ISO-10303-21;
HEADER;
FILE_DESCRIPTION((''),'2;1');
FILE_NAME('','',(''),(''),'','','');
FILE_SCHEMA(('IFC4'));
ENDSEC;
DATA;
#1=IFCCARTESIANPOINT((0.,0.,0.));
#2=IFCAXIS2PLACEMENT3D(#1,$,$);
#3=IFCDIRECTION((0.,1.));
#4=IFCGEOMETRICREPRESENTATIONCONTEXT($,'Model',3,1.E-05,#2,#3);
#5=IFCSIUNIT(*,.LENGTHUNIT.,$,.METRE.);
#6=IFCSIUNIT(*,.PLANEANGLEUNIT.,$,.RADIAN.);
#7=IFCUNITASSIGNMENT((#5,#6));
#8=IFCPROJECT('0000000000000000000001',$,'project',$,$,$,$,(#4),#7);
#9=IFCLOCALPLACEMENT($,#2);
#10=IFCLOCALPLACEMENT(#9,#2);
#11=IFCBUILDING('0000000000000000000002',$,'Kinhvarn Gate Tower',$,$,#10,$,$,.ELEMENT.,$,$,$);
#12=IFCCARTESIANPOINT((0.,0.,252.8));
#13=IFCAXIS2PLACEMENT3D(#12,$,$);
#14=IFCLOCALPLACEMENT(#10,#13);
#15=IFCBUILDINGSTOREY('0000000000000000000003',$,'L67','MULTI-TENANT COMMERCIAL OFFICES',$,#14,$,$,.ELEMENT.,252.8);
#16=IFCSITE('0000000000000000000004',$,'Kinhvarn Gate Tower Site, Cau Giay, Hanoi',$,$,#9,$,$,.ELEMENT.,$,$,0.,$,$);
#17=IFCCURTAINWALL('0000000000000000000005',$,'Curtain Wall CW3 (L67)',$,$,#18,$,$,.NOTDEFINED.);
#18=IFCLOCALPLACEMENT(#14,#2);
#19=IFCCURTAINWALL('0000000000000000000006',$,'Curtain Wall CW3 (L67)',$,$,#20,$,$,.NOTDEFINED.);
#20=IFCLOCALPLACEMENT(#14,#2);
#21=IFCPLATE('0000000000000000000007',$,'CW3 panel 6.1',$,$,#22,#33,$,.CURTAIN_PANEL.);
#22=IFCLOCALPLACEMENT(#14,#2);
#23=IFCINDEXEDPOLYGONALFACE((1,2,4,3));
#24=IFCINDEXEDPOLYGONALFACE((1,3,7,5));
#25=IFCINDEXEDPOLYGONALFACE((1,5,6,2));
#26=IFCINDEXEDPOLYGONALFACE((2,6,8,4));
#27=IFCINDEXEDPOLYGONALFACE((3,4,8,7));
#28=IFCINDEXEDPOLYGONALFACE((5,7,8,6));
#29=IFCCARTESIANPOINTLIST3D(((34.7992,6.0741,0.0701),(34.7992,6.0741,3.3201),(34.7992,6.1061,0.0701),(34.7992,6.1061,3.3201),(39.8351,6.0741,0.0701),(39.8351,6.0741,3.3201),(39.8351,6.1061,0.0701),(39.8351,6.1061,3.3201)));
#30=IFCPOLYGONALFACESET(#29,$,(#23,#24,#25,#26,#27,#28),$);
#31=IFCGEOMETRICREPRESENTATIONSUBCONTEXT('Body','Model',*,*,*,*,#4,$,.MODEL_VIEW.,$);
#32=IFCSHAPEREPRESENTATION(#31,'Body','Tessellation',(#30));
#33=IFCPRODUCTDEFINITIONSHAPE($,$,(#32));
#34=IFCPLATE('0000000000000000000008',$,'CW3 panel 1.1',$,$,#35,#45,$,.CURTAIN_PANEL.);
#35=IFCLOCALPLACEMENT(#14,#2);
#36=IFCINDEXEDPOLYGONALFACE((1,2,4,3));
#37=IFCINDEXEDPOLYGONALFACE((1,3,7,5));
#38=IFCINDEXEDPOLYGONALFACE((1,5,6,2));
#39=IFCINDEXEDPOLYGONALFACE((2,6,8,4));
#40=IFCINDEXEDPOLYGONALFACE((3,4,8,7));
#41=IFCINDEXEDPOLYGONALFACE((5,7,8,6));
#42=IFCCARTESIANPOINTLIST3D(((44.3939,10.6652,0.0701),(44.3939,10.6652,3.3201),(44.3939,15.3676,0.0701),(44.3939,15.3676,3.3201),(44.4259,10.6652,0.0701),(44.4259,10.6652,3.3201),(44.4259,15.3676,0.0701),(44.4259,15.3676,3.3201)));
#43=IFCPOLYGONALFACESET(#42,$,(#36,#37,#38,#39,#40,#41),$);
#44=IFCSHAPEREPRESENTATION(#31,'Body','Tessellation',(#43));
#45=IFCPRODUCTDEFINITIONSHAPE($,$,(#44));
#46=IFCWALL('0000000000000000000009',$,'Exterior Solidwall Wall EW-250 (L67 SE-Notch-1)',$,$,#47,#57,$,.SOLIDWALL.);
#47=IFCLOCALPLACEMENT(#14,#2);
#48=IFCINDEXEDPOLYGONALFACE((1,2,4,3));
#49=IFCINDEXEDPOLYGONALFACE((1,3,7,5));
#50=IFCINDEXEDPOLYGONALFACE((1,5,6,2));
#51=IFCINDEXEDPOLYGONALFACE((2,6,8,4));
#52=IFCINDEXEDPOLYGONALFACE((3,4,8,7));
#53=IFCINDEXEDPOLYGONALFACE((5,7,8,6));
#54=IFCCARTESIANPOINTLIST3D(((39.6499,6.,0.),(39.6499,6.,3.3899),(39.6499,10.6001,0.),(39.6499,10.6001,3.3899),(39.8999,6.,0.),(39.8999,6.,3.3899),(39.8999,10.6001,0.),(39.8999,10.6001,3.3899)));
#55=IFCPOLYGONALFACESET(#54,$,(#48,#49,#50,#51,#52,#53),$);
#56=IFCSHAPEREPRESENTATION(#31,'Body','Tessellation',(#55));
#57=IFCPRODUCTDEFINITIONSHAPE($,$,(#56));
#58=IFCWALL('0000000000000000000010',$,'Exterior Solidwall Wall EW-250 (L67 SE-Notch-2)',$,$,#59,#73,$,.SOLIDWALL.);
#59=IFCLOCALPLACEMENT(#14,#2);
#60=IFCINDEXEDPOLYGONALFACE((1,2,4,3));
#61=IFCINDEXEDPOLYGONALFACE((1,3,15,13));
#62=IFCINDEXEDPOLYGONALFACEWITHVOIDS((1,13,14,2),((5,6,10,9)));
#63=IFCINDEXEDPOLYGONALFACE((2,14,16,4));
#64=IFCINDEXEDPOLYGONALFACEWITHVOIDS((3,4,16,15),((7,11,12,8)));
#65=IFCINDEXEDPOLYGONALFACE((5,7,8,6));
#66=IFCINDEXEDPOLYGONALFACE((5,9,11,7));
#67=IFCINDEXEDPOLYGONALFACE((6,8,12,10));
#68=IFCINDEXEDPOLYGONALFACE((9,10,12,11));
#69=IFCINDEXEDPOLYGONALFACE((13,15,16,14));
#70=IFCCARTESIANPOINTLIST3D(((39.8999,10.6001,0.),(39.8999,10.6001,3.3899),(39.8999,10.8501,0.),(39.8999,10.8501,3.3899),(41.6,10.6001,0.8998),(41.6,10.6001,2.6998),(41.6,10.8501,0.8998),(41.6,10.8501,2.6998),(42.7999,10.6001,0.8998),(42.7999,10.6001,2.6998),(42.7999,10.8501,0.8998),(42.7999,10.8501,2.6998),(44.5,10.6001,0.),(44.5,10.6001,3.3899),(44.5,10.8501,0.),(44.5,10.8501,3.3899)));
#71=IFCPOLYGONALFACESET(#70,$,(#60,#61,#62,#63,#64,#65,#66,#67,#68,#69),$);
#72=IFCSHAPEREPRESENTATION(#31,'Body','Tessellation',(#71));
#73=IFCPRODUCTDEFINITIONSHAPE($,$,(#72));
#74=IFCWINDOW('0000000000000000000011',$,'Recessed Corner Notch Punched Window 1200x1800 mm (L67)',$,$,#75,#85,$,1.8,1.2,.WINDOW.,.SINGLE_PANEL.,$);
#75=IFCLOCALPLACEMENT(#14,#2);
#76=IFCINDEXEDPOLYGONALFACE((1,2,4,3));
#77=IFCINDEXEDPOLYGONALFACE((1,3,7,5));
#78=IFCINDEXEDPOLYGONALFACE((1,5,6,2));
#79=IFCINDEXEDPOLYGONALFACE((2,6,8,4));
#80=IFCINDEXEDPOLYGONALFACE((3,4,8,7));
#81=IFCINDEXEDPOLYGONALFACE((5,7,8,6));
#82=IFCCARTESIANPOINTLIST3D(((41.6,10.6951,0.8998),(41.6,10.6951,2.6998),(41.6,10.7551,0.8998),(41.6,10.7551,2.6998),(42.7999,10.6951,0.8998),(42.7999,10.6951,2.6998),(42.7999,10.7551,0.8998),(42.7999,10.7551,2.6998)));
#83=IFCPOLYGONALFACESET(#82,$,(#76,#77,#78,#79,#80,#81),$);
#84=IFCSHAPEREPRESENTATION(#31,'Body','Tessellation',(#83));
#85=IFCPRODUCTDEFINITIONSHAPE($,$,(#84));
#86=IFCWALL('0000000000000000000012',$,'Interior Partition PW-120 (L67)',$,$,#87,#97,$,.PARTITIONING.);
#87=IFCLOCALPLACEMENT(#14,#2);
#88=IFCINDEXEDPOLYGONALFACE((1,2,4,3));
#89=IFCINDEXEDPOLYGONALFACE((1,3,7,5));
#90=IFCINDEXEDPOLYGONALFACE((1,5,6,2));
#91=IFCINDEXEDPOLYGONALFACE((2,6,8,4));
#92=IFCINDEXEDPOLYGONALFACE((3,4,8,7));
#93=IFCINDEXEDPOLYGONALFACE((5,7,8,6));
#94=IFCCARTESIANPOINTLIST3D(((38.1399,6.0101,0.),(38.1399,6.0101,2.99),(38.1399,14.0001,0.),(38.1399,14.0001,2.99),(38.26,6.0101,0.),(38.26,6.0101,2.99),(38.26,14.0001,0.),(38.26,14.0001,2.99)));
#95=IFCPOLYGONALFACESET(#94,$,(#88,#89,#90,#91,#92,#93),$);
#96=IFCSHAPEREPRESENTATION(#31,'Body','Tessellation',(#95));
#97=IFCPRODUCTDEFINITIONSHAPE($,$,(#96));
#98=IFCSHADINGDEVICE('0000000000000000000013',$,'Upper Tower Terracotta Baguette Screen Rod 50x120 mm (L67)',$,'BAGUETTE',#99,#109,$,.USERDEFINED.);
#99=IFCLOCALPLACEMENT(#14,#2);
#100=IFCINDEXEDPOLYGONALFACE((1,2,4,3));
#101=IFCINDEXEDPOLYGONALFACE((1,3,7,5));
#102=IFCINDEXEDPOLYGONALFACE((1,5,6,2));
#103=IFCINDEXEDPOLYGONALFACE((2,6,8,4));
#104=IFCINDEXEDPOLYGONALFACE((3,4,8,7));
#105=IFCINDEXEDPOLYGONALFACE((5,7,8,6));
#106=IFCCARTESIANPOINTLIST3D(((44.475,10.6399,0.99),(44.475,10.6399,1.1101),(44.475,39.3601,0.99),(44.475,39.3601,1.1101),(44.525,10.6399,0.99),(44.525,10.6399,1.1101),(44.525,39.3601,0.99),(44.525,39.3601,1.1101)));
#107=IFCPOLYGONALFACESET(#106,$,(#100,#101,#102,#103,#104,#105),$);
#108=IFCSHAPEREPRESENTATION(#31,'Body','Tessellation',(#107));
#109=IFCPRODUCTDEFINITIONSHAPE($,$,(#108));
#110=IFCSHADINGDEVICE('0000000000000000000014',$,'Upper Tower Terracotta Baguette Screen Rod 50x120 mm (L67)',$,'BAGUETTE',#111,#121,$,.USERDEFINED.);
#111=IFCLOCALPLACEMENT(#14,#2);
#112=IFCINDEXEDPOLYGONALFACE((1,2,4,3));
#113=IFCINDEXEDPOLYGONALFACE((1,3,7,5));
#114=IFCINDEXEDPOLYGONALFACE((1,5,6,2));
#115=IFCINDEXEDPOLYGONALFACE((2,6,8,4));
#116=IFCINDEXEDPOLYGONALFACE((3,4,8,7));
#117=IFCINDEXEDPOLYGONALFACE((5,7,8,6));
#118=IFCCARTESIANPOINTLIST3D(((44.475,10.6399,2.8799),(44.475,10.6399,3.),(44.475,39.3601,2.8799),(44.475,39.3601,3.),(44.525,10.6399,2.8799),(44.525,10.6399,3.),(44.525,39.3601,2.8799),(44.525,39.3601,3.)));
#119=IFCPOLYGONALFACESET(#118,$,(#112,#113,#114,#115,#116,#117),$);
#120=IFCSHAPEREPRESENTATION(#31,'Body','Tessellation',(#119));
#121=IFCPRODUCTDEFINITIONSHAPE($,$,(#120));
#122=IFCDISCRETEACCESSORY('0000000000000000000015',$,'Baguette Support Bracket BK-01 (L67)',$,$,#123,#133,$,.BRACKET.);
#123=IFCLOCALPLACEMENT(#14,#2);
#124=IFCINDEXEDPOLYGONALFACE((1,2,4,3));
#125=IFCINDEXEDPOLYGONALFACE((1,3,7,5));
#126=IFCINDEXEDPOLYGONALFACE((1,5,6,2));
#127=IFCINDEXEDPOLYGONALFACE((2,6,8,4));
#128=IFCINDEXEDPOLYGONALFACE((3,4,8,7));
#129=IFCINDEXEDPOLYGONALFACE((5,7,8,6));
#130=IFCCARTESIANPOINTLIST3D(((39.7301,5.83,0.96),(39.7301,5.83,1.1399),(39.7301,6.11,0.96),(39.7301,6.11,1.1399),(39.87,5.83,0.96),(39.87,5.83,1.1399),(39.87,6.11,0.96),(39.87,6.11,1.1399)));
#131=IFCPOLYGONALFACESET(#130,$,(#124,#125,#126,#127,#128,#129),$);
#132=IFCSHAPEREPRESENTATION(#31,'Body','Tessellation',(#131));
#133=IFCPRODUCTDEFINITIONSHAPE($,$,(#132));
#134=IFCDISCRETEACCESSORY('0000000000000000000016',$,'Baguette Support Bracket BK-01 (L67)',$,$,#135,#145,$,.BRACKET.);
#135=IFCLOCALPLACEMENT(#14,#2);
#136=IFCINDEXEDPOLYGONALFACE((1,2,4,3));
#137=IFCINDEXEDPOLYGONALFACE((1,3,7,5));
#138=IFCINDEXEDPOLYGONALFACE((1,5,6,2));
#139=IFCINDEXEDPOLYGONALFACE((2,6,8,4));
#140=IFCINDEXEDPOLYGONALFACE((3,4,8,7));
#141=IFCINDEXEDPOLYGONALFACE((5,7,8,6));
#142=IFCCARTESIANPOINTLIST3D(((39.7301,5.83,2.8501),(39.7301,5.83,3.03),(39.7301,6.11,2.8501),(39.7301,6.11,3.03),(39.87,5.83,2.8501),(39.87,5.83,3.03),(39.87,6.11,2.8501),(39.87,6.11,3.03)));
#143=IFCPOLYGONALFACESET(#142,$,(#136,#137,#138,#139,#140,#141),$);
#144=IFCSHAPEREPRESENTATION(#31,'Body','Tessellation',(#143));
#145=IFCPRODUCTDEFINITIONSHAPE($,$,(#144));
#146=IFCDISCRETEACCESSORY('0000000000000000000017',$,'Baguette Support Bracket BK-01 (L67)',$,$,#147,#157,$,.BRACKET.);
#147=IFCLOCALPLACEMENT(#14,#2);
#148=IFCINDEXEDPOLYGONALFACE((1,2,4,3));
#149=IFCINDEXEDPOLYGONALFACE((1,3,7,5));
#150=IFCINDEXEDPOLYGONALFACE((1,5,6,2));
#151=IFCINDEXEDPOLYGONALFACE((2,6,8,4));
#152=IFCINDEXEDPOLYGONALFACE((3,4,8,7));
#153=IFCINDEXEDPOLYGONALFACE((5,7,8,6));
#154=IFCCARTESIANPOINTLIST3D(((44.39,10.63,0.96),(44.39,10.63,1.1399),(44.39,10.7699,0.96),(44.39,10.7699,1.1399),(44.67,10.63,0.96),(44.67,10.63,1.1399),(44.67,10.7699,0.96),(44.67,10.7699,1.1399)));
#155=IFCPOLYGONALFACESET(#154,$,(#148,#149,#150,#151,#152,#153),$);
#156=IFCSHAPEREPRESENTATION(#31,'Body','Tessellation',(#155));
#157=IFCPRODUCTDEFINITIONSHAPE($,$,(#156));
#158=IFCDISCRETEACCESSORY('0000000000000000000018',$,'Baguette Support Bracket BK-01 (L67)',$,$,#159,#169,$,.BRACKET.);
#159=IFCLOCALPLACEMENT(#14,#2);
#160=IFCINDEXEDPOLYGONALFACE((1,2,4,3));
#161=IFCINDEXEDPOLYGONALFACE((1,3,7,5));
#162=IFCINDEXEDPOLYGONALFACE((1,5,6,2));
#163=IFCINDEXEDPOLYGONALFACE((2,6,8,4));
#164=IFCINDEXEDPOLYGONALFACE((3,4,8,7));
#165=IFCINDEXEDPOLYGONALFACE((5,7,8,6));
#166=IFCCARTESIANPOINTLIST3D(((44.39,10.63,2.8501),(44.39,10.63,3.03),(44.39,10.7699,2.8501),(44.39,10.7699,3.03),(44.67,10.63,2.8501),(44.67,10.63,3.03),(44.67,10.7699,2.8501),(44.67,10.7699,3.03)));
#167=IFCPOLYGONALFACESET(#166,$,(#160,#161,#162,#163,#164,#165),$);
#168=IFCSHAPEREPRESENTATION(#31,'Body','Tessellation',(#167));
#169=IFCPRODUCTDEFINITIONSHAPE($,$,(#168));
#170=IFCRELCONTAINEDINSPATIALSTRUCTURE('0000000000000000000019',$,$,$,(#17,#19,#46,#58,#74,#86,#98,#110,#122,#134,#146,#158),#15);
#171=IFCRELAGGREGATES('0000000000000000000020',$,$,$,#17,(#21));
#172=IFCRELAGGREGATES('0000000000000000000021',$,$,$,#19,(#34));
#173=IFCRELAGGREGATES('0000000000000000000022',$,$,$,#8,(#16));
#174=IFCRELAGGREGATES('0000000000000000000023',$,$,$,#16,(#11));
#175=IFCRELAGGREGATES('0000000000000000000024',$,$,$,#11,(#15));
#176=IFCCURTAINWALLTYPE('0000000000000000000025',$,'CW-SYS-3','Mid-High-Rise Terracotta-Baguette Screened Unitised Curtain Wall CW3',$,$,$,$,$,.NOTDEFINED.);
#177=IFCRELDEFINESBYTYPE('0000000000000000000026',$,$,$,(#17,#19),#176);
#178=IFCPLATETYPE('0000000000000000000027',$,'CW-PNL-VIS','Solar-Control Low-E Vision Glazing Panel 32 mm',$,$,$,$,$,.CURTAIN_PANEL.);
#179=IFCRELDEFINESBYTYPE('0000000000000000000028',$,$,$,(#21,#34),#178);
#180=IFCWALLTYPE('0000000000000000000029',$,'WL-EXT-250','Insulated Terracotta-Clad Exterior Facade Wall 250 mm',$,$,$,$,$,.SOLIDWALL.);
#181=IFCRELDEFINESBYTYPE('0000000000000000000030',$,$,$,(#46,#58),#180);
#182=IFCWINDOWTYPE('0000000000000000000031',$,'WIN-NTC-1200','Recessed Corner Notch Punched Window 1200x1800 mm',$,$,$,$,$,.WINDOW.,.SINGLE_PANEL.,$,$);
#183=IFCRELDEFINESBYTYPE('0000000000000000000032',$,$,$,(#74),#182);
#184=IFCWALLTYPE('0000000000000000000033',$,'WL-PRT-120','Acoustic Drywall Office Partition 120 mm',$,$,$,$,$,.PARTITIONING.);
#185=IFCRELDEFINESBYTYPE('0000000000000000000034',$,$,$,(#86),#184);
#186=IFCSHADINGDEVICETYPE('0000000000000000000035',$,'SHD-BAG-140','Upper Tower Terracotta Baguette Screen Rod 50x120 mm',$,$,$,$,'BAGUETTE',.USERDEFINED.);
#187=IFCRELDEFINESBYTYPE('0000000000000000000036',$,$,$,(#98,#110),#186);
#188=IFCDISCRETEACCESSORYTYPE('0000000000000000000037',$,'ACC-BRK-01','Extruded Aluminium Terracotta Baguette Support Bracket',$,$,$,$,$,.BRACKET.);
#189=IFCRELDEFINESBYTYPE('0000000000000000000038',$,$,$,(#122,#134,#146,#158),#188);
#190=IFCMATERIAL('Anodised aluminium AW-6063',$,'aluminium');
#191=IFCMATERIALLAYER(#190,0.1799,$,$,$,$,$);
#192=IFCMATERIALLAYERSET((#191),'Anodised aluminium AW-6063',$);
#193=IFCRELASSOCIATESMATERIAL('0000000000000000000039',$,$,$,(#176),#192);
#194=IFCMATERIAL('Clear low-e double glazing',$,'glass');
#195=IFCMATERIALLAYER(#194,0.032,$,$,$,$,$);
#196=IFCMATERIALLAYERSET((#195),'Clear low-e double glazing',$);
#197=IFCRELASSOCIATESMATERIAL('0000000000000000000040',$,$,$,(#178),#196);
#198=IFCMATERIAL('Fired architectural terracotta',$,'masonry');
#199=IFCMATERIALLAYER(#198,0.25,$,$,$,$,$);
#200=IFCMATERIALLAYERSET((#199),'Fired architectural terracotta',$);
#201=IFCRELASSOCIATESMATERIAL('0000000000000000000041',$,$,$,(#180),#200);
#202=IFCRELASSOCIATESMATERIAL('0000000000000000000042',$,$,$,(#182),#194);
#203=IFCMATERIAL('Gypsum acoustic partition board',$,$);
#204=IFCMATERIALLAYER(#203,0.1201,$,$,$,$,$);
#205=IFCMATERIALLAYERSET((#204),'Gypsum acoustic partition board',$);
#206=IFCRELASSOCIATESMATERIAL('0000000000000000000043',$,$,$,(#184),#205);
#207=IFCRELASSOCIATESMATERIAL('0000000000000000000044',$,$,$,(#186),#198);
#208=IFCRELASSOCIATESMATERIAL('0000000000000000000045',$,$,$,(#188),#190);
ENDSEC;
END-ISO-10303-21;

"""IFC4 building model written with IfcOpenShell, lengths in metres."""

from ifc_helpers import new_model, si_unit, direction, frame, frame_2d, origin, origin_2d, place, context, subcontext, project, spatial, rectangle, extrude, material, layer, layer_set, material_profile, profile_set, type_object, element, fill, aggregate, save


model = new_model("IFC4")

# Units and contexts
model_context = context("Model", 3, precision=1e-05, world=origin(), true_north=direction((0.0, 1.0)))
body_context = subcontext(model_context, "Body", "Model", "MODEL_VIEW")
ifc_project = project(units=[si_unit("LENGTHUNIT", "METRE"), si_unit("PLANEANGLEUNIT", "RADIAN")], contexts=[model_context])

# Site, building, storey
site_placement = place(None, origin())
site = spatial("IfcSite", under=ifc_project, at=site_placement, Name="Kinhvarn Gate Tower Site, Cau Giay, Hanoi", CompositionType="ELEMENT", RefElevation=0.0)
building_placement = place(site_placement, origin())
building = spatial("IfcBuilding", under=site, at=building_placement, Name="Kinhvarn Gate Tower", CompositionType="ELEMENT")
storey_placement = place(building_placement, frame((0.0, 0.0, 252.8)))
storey = spatial("IfcBuildingStorey", under=building, at=storey_placement, Name="L67", Description="MULTI-TENANT COMMERCIAL OFFICES", CompositionType="ELEMENT", Elevation=252.8)

# Curtain walls
ifc_material_1 = material(Name="Anodised aluminium AW-6063", Category="aluminium")
ifc_layer_1 = layer(ifc_material_1, 0.1799)
ifc_layer_set_1 = layer_set([ifc_layer_1], Name="Anodised aluminium AW-6063")
curtain_wall_type = type_object("IfcCurtainWallType", Name="CW-SYS-3", Description="Mid-High-Rise Terracotta-Baguette Screened Unitised Curtain Wall CW3", PredefinedType="NOTDEFINED", material=ifc_layer_set_1)
curtain_wall_1_placement = place(storey_placement, origin())
curtain_wall_1 = element("IfcCurtainWall", 1, at=curtain_wall_1_placement, inside=storey, type_object=curtain_wall_type, Name="Curtain Wall CW3 (L67)", PredefinedType="NOTDEFINED")
curtain_wall_2_placement = place(storey_placement, origin())
curtain_wall_2 = element("IfcCurtainWall", 2, at=curtain_wall_2_placement, inside=storey, type_object=curtain_wall_type, Name="Curtain Wall CW3 (L67)", PredefinedType="NOTDEFINED")

# Plates
ifc_material_2 = material(Name="Clear low-e double glazing", Category="glass")
ifc_layer_2 = layer(ifc_material_2, 0.032)
ifc_layer_set_2 = layer_set([ifc_layer_2], Name="Clear low-e double glazing")
plate_type = type_object("IfcPlateType", Name="CW-PNL-VIS", Description="Solar-Control Low-E Vision Glazing Panel 32 mm", PredefinedType="CURTAIN_PANEL", material=ifc_layer_set_2)
plate_1_placement = place(storey_placement, frame((37.3171, 6.0901, 0.0701), z_axis=(0.0, 0.0, 1.0), x_axis=(1.0, 0.0, 0.0)))
plate_1 = element("IfcPlate", 3, at=plate_1_placement, type_object=plate_type, Name="CW3 panel 6.1", PredefinedType="CURTAIN_PANEL", context=body_context, shape_type="SweptSolid", body=[
    extrude(rectangle(XDim=5.0359, YDim=0.032, at=origin_2d()), origin(), (0.0, 0.0, 1.0), 3.25),
])
aggregate(curtain_wall_1, [plate_1])
plate_2_placement = place(storey_placement, frame((44.4099, 13.0164, 0.0701), z_axis=(0.0, 0.0, 1.0), x_axis=(0.0, 1.0, 0.0)))
plate_2 = element("IfcPlate", 4, at=plate_2_placement, type_object=plate_type, Name="CW3 panel 1.1", PredefinedType="CURTAIN_PANEL", context=body_context, shape_type="SweptSolid", body=[
    extrude(rectangle(XDim=4.7024, YDim=0.032, at=origin_2d()), origin(), (0.0, 0.0, 1.0), 3.25),
])
aggregate(curtain_wall_2, [plate_2])

# Wall
ifc_material_3 = material(Name="Fired architectural terracotta", Category="masonry")
ifc_layer_3 = layer(ifc_material_3, 0.25)
ifc_layer_set_3 = layer_set([ifc_layer_3], Name="Fired architectural terracotta")
wall_type_1 = type_object("IfcWallType", Name="WL-EXT-250", Description="Insulated Terracotta-Clad Exterior Facade Wall 250 mm", PredefinedType="SOLIDWALL", material=ifc_layer_set_3)
wall_1_placement = place(storey_placement, frame((39.7749, 6.0, 0.0), z_axis=(0.0, 0.0, 1.0), x_axis=(0.0, 1.0, 0.0)))
element("IfcWall", 5, at=wall_1_placement, inside=storey, type_object=wall_type_1, Name="Exterior Solidwall Wall EW-250 (L67 SE-Notch-1)", PredefinedType="SOLIDWALL", context=body_context, shape_type="SweptSolid", body=[
    extrude(rectangle(XDim=4.6001, YDim=0.25, at=frame_2d((2.3, 0.0))), origin(), (0.0, 0.0, 1.0), 3.3899),
])

# Wall, opening, window
wall_2_placement = place(storey_placement, frame((39.8999, 10.7251, 0.0), z_axis=(0.0, 0.0, 1.0), x_axis=(1.0, 0.0, 0.0)))
wall_2 = element("IfcWall", 6, at=wall_2_placement, inside=storey, type_object=wall_type_1, Name="Exterior Solidwall Wall EW-250 (L67 SE-Notch-2)", PredefinedType="SOLIDWALL", context=body_context, shape_type="SweptSolid", body=[
    extrude(rectangle(XDim=4.6001, YDim=0.25, at=frame_2d((2.3, 0.0))), origin(), (0.0, 0.0, 1.0), 3.3899),
])
opening_placement = place(wall_2_placement, frame((1.7, 0.0, 0.8999)))
opening = element("IfcOpeningElement", 7, at=opening_placement, cuts=wall_2, PredefinedType="OPENING", context=body_context, shape_type="SweptSolid", body=[
    extrude(rectangle(XDim=1.2, YDim=1.8, at=frame_2d((0.6001, 0.8999))), frame((0.0, 0.135, 0.0), z_axis=(0.0, -1.0, 0.0), x_axis=(1.0, 0.0, 0.0)), (0.0, 0.0, 1.0), 0.27),
])
window_type = type_object("IfcWindowType", Name="WIN-NTC-1200", Description="Recessed Corner Notch Punched Window 1200x1800 mm", PartitioningType="SINGLE_PANEL", PredefinedType="WINDOW", material=ifc_material_2)
window_placement = place(opening_placement, origin())
window = element("IfcWindow", 8, at=window_placement, inside=storey, type_object=window_type, Name="Recessed Corner Notch Punched Window 1200x1800 mm (L67)", OverallHeight=1.8, OverallWidth=1.2, PartitioningType="SINGLE_PANEL", PredefinedType="WINDOW", context=body_context, shape_type="SweptSolid", body=[
    extrude(rectangle(XDim=1.2, YDim=1.8, at=frame_2d((0.6001, 0.8999))), frame((0.0, 0.03, 0.0), z_axis=(0.0, -1.0, 0.0), x_axis=(1.0, 0.0, 0.0)), (0.0, 0.0, 1.0), 0.0601),
])
fill(opening, window)

# Wall
ifc_material_4 = material(Name="Gypsum acoustic partition board")
ifc_layer_4 = layer(ifc_material_4, 0.1201)
ifc_layer_set_4 = layer_set([ifc_layer_4], Name="Gypsum acoustic partition board")
wall_type_2 = type_object("IfcWallType", Name="WL-PRT-120", Description="Acoustic Drywall Office Partition 120 mm", PredefinedType="PARTITIONING", material=ifc_layer_set_4)
wall_3_placement = place(storey_placement, frame((38.2, 6.01, 0.0), z_axis=(0.0, 0.0, 1.0), x_axis=(0.0, 1.0, 0.0)))
element("IfcWall", 9, at=wall_3_placement, inside=storey, type_object=wall_type_2, Name="Interior Partition PW-120 (L67)", PredefinedType="PARTITIONING", context=body_context, shape_type="SweptSolid", body=[
    extrude(rectangle(XDim=7.99, YDim=0.1201, at=frame_2d((3.9951, 0.0))), origin(), (0.0, 0.0, 1.0), 2.99),
])

# Shading devices
ifc_material_profile_1 = material_profile(ifc_material_3, rectangle(XDim=0.05, YDim=0.1201, at=origin_2d()), Name="TC 50x120")
ifc_profile_set_1 = profile_set([ifc_material_profile_1], Name="Fired architectural terracotta")
shading_device_type = type_object("IfcShadingDeviceType", Name="SHD-BAG-140", Description="Upper Tower Terracotta Baguette Screen Rod 50x120 mm", ElementType="BAGUETTE", PredefinedType="USERDEFINED", material=ifc_profile_set_1)
for number, where, z_axis, x_axis, name in (
    (10, (44.5, 10.6399, 1.05), (0.0, 1.0, 0.0), (-1.0, 0.0, 0.0), "Upper Tower Terracotta Baguette Screen Rod 50x120 mm (L67)"),
    (11, (44.5, 10.6399, 2.9399), (0.0, 1.0, 0.0), (-1.0, 0.0, 0.0), "Upper Tower Terracotta Baguette Screen Rod 50x120 mm (L67)"),
):
    element("IfcShadingDevice", number, at=place(storey_placement, frame(where, z_axis=z_axis, x_axis=x_axis)), inside=storey, type_object=shading_device_type, Name=name, ObjectType="BAGUETTE", PredefinedType="USERDEFINED", context=body_context, shape_type="SweptSolid", body=[
        extrude(rectangle(XDim=0.05, YDim=0.1201, at=origin_2d()), origin(), (0.0, 0.0, 1.0), 28.7202),
    ])

# Discrete accessories
discrete_accessory_type = type_object("IfcDiscreteAccessoryType", Name="ACC-BRK-01", Description="Extruded Aluminium Terracotta Baguette Support Bracket", PredefinedType="BRACKET", material=ifc_material_1)
for number, where, z_axis, x_axis, name in (
    (12, (39.8, 5.97, 0.96), (0.0, 0.0, 1.0), (1.0, 0.0, 0.0), "Baguette Support Bracket BK-01 (L67)"),
    (13, (39.8, 5.97, 2.8501), (0.0, 0.0, 1.0), (1.0, 0.0, 0.0), "Baguette Support Bracket BK-01 (L67)"),
    (14, (44.53, 10.7, 0.96), (0.0, 0.0, 1.0), (0.0, 1.0, 0.0), "Baguette Support Bracket BK-01 (L67)"),
    (15, (44.53, 10.7, 2.8501), (0.0, 0.0, 1.0), (0.0, 1.0, 0.0), "Baguette Support Bracket BK-01 (L67)"),
):
    element("IfcDiscreteAccessory", number, at=place(storey_placement, frame(where, z_axis=z_axis, x_axis=x_axis)), inside=storey, type_object=discrete_accessory_type, Name=name, PredefinedType="BRACKET", context=body_context, shape_type="SweptSolid", body=[
        extrude(rectangle(XDim=0.1399, YDim=0.28, at=origin_2d()), origin(), (0.0, 0.0, 1.0), 0.1799),
    ])

save(model, "model.ifc")
